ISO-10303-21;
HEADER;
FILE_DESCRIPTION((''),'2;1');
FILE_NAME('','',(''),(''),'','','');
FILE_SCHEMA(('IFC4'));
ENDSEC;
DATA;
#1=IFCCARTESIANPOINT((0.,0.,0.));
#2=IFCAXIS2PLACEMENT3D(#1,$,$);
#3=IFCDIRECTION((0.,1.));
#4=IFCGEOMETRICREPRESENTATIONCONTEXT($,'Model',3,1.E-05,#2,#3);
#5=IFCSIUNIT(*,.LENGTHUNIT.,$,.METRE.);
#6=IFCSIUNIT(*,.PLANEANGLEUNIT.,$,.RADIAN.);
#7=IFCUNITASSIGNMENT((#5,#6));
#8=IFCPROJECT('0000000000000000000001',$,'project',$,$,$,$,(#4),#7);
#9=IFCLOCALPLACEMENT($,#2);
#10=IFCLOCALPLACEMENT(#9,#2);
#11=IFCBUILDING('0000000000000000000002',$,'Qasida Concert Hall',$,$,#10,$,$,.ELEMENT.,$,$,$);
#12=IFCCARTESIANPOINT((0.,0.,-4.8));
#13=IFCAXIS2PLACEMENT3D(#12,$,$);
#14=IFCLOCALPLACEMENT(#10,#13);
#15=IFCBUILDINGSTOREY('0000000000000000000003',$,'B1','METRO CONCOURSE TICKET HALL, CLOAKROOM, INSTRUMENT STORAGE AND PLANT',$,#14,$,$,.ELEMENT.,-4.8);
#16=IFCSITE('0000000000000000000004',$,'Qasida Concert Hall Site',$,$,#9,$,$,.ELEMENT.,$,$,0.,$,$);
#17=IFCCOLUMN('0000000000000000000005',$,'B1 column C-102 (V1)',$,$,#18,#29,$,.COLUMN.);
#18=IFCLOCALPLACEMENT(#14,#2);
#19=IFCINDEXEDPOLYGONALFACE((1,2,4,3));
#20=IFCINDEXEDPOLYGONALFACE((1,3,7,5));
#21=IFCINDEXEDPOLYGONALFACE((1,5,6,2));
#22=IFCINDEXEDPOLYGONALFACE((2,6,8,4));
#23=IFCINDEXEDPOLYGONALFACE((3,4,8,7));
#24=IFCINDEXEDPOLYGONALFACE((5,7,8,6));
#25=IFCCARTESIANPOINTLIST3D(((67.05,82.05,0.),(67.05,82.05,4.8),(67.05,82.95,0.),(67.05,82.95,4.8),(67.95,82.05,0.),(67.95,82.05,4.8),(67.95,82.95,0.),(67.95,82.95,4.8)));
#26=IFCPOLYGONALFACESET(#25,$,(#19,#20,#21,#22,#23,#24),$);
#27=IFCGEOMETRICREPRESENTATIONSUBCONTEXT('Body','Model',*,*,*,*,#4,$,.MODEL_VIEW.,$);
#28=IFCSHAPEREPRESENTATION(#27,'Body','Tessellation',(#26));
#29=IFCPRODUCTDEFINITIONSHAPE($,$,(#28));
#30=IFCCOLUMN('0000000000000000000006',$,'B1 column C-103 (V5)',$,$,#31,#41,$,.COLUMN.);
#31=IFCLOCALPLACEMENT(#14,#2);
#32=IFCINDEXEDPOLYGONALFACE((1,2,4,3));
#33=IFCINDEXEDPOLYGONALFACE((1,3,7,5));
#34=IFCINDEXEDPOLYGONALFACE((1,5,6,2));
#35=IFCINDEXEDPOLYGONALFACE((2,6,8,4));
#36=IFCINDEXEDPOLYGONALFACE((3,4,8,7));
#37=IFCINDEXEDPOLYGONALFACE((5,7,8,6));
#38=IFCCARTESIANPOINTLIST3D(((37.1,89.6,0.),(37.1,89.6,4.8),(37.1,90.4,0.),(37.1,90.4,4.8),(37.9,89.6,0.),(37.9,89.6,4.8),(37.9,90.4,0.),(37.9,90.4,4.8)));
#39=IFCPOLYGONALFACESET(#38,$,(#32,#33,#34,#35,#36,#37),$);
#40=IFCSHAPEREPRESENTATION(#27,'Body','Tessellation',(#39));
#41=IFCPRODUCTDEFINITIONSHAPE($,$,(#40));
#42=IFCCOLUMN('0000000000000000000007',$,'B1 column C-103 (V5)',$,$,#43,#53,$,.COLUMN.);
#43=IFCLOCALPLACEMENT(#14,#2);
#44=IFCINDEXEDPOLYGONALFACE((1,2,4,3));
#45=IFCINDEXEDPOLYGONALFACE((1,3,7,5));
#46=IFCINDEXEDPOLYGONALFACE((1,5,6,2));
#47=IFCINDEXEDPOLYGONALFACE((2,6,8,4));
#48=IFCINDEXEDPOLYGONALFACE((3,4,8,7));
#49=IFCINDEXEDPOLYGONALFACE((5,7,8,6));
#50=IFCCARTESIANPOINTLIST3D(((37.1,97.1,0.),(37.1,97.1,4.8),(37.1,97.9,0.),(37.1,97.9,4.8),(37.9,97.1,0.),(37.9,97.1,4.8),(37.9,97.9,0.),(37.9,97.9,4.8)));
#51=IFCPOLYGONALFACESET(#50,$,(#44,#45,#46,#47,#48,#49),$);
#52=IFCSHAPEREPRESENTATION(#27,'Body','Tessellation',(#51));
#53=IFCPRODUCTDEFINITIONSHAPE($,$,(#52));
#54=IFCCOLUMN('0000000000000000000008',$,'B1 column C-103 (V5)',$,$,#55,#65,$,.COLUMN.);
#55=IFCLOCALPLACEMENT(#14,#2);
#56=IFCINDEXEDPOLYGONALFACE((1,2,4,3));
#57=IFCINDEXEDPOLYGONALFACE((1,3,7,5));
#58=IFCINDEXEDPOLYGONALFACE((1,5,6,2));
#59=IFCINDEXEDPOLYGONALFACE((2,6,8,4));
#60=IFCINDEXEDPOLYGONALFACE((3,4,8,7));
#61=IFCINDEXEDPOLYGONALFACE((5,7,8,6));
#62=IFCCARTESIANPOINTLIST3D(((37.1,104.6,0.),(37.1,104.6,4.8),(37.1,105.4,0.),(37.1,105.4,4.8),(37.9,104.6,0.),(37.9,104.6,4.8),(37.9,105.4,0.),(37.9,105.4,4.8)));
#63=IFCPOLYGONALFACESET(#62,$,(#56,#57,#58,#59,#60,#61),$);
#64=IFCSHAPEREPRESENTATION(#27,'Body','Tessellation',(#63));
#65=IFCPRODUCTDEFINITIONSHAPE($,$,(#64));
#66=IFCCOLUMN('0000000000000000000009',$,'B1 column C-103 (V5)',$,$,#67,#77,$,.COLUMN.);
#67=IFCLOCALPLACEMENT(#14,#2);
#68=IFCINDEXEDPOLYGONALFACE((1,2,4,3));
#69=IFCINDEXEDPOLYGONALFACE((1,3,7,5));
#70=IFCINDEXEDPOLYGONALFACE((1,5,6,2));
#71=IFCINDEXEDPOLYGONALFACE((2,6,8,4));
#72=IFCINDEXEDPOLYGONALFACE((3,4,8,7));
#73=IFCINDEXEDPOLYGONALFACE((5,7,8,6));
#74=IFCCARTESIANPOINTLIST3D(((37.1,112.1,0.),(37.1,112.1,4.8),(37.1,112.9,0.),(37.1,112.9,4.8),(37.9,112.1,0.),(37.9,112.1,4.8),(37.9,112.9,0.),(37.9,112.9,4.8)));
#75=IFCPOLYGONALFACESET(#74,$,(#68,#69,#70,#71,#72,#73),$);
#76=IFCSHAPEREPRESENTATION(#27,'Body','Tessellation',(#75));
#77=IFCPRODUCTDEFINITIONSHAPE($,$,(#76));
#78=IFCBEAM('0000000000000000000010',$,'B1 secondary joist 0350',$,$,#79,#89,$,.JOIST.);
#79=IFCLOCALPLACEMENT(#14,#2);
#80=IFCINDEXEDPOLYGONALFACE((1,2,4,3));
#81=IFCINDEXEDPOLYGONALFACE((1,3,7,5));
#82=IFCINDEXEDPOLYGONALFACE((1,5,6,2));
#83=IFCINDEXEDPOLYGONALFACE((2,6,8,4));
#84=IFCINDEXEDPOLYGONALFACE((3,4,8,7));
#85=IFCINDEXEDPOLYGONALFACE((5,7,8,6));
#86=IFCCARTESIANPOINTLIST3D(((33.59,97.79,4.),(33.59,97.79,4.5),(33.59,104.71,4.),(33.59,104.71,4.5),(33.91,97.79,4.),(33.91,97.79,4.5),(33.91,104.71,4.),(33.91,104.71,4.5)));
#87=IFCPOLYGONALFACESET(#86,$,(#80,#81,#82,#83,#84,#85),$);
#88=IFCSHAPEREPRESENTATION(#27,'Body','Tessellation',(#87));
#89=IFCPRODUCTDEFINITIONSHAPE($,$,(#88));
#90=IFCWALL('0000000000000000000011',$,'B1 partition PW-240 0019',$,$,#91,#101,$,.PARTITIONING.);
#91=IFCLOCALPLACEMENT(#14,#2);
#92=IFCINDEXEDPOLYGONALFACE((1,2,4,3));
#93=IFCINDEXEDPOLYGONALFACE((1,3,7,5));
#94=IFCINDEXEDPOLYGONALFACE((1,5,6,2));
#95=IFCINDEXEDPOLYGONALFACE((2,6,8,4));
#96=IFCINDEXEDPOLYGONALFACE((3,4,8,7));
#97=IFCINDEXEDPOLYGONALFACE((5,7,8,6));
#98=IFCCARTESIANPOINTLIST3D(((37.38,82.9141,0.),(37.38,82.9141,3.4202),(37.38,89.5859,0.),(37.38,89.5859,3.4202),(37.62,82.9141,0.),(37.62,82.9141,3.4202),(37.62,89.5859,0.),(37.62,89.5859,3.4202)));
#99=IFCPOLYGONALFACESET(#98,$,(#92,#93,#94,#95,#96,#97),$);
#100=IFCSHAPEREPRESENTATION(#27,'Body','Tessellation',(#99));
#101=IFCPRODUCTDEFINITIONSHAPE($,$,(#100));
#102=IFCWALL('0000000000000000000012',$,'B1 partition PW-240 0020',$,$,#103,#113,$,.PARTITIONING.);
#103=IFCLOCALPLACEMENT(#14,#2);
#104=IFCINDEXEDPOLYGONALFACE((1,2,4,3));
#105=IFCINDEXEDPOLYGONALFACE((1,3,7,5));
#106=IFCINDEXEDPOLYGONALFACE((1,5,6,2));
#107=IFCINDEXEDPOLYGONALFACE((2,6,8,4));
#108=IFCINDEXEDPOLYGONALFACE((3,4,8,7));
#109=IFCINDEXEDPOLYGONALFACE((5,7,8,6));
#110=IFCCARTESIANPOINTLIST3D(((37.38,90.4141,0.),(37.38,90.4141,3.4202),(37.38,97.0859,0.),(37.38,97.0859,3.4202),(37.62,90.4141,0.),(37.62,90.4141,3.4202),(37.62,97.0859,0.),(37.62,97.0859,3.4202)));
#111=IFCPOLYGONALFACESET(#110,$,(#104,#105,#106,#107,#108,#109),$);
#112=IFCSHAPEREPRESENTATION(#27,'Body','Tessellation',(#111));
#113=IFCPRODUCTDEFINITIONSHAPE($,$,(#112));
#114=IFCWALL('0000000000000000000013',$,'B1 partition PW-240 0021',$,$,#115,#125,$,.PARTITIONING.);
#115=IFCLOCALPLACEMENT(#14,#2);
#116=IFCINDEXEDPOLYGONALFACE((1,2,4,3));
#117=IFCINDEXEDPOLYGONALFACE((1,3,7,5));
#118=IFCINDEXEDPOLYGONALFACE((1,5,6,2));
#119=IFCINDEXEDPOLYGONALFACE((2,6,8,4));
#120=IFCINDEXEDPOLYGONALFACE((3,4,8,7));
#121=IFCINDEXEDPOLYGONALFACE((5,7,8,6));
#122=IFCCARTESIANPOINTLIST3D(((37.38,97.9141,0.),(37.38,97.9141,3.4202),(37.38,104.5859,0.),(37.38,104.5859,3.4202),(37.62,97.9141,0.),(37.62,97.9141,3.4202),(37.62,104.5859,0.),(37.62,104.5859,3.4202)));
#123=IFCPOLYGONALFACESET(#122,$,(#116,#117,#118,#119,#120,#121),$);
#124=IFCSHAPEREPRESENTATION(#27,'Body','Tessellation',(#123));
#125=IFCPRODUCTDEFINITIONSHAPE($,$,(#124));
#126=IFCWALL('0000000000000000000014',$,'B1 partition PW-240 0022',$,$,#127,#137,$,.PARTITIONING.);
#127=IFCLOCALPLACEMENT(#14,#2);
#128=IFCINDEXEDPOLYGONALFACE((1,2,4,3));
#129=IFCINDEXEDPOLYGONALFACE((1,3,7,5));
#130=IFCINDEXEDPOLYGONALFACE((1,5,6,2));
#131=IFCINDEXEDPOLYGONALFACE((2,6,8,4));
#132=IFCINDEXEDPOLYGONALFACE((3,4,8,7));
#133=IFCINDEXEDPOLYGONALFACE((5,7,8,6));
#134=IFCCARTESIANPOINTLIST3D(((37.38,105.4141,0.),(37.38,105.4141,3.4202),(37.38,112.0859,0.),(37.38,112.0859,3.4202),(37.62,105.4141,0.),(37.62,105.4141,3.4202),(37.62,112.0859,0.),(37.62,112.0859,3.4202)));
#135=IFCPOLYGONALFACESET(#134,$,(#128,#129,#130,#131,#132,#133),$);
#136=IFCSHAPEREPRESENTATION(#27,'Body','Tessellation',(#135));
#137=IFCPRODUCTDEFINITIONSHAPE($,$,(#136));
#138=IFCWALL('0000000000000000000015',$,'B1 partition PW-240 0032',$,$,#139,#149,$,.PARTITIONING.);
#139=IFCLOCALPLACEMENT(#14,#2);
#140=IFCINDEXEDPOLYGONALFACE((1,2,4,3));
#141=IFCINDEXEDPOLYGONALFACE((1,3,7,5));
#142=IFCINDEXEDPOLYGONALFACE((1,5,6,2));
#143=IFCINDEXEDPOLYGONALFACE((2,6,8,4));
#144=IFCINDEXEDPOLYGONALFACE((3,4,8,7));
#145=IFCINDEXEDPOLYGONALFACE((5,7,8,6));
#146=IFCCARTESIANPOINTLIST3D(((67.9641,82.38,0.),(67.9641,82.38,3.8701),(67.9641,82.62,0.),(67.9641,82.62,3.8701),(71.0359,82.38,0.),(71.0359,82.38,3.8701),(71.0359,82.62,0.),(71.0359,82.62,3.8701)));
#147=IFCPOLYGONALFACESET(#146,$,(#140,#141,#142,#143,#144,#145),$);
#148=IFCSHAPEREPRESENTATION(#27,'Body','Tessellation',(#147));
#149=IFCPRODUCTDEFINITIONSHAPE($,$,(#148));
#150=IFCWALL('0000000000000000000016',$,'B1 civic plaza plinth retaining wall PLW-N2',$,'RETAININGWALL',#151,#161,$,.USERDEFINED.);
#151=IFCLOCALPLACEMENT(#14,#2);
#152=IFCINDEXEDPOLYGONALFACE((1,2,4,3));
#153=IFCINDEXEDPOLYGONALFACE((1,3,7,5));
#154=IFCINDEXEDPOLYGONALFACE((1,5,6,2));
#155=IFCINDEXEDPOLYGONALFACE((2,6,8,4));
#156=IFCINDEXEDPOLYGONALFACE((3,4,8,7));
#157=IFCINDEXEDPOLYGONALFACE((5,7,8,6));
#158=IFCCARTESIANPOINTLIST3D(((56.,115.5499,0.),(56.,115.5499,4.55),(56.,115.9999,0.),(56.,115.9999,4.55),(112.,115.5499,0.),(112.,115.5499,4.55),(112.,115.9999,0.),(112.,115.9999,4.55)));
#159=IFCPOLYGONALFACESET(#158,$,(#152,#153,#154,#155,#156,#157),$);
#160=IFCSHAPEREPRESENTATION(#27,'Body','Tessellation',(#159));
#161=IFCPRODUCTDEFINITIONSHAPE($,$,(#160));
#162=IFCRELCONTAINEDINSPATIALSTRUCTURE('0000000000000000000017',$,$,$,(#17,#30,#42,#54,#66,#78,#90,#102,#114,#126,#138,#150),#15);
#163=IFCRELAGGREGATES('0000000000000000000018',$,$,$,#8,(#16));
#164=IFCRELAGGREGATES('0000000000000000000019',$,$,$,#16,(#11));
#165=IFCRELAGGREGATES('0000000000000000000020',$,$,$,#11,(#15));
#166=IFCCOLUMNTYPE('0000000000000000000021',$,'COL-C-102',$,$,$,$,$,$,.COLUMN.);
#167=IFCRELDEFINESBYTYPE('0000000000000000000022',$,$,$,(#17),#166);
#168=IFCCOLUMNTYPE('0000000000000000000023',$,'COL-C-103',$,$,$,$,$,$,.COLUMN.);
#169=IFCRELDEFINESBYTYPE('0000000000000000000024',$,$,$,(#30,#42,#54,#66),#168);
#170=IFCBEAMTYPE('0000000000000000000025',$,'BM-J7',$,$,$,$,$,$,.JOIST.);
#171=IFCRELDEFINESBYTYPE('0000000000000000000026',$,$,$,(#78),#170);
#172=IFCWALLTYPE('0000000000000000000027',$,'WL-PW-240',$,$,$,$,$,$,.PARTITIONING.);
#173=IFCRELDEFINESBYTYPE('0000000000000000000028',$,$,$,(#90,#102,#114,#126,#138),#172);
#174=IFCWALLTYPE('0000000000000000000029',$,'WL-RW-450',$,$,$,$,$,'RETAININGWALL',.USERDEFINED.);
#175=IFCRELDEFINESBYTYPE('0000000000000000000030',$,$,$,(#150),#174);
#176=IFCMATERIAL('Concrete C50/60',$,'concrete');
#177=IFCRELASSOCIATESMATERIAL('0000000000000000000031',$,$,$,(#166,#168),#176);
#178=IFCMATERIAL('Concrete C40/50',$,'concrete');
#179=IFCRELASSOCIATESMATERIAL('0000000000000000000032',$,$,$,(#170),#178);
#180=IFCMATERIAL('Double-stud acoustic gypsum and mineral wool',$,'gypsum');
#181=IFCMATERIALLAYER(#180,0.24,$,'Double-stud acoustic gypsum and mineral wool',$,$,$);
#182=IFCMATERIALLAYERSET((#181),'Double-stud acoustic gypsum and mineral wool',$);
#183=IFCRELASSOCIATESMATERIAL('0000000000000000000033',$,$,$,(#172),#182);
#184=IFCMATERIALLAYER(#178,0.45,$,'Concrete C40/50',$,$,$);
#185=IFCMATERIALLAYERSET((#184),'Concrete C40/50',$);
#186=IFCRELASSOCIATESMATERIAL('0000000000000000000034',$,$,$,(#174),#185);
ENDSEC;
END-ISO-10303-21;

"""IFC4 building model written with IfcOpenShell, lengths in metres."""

from ifc_helpers import new_model, si_unit, direction, frame, frame_2d, origin, origin_2d, place, context, subcontext, project, spatial, rectangle, extrude, material, layer, layer_set, material_profile, profile_set, type_object, element, save


model = new_model("IFC4")

# Units and contexts
model_context = context("Model", 3, precision=1e-05, world=origin(), true_north=direction((0.0, 1.0)))
body_context = subcontext(model_context, "Body", "Model", "MODEL_VIEW")
ifc_project = project(units=[si_unit("LENGTHUNIT", "METRE"), si_unit("PLANEANGLEUNIT", "RADIAN")], contexts=[model_context])

# Site, building, storey
site_placement = place(None, origin())
site = spatial("IfcSite", under=ifc_project, at=site_placement, Name="Qasida Concert Hall Site", CompositionType="ELEMENT", RefElevation=0.0)
building_placement = place(site_placement, origin())
building = spatial("IfcBuilding", under=site, at=building_placement, Name="Qasida Concert Hall", CompositionType="ELEMENT")
storey_placement = place(building_placement, frame((0.0, 0.0, -4.8)))
storey = spatial("IfcBuildingStorey", under=building, at=storey_placement, Name="B1", Description="METRO CONCOURSE TICKET HALL, CLOAKROOM, INSTRUMENT STORAGE AND PLANT", CompositionType="ELEMENT", Elevation=-4.8)

# Shared definitions
ifc_material_1 = material(Name="Concrete C40/50", Category="concrete")

# Columns
ifc_material_2 = material(Name="Concrete C50/60", Category="concrete")
ifc_material_profile_1 = material_profile(ifc_material_2, rectangle(XDim=0.8999, YDim=0.8999, at=origin_2d()), Name="RC 900x900")
ifc_profile_set_1 = profile_set([ifc_material_profile_1], Name="Concrete C50/60")
column_type_1 = type_object("IfcColumnType", Name="COL-C-102", PredefinedType="COLUMN", material=ifc_profile_set_1)
column_placement = place(storey_placement, frame((67.5, 82.5, 0.0), z_axis=(0.0, 0.0, 1.0), x_axis=(1.0, 0.0, 0.0)))
element("IfcColumn", 1, at=column_placement, inside=storey, type_object=column_type_1, Name="B1 column C-102 (V1)", PredefinedType="COLUMN", context=body_context, shape_type="SweptSolid", body=[
    extrude(rectangle(XDim=0.8999, YDim=0.8999, at=origin_2d()), origin(), (0.0, 0.0, 1.0), 4.8),
])
ifc_material_profile_2 = material_profile(ifc_material_2, rectangle(XDim=0.8, YDim=0.8, at=origin_2d()), Name="RC 800x800")
ifc_profile_set_2 = profile_set([ifc_material_profile_2], Name="Concrete C50/60")
column_type_2 = type_object("IfcColumnType", Name="COL-C-103", PredefinedType="COLUMN", material=ifc_profile_set_2)
for number, where, z_axis, x_axis, name in (
    (2, (37.5, 90.0, 0.0), (0.0, 0.0, 1.0), (1.0, 0.0, 0.0), "B1 column C-103 (V5)"),
    (3, (37.5, 97.5, 0.0), (0.0, 0.0, 1.0), (1.0, 0.0, 0.0), "B1 column C-103 (V5)"),
    (4, (37.5, 105.0, 0.0), (0.0, 0.0, 1.0), (1.0, 0.0, 0.0), "B1 column C-103 (V5)"),
    (5, (37.5, 112.5, 0.0), (0.0, 0.0, 1.0), (1.0, 0.0, 0.0), "B1 column C-103 (V5)"),
):
    element("IfcColumn", number, at=place(storey_placement, frame(where, z_axis=z_axis, x_axis=x_axis)), inside=storey, type_object=column_type_2, Name=name, PredefinedType="COLUMN", context=body_context, shape_type="SweptSolid", body=[
        extrude(rectangle(XDim=0.8, YDim=0.8, at=origin_2d()), origin(), (0.0, 0.0, 1.0), 4.8),
    ])

# Beam
ifc_material_profile_3 = material_profile(ifc_material_1, rectangle(XDim=0.3201, YDim=0.5, at=origin_2d()), Name="RC 320x500")
ifc_profile_set_3 = profile_set([ifc_material_profile_3], Name="Concrete C40/50")
beam_type = type_object("IfcBeamType", Name="BM-J7", PredefinedType="JOIST", material=ifc_profile_set_3)
beam_placement = place(storey_placement, frame((33.75, 97.79, 4.25), z_axis=(0.0, 1.0, 0.0), x_axis=(-1.0, 0.0, 0.0)))
element("IfcBeam", 6, at=beam_placement, inside=storey, type_object=beam_type, Name="B1 secondary joist 0350", PredefinedType="JOIST", context=body_context, shape_type="SweptSolid", body=[
    extrude(rectangle(XDim=0.3201, YDim=0.5, at=origin_2d()), origin(), (0.0, 0.0, 1.0), 6.9199),
])

# Walls
ifc_material_3 = material(Name="Double-stud acoustic gypsum and mineral wool", Category="gypsum")
ifc_layer_1 = layer(ifc_material_3, 0.24, Name="Double-stud acoustic gypsum and mineral wool")
ifc_layer_set_1 = layer_set([ifc_layer_1], Name="Double-stud acoustic gypsum and mineral wool")
wall_type_1 = type_object("IfcWallType", Name="WL-PW-240", PredefinedType="PARTITIONING", material=ifc_layer_set_1)
for number, where, z_axis, x_axis, name in (
    (7, (37.5, 82.9141, 0.0), (0.0, 0.0, 1.0), (0.0, 1.0, 0.0), "B1 partition PW-240 0019"),
    (8, (37.5, 90.4141, 0.0), (0.0, 0.0, 1.0), (0.0, 1.0, 0.0), "B1 partition PW-240 0020"),
    (9, (37.5, 97.9141, 0.0), (0.0, 0.0, 1.0), (0.0, 1.0, 0.0), "B1 partition PW-240 0021"),
    (10, (37.5, 105.4141, 0.0), (0.0, 0.0, 1.0), (0.0, 1.0, 0.0), "B1 partition PW-240 0022"),
):
    element("IfcWall", number, at=place(storey_placement, frame(where, z_axis=z_axis, x_axis=x_axis)), inside=storey, type_object=wall_type_1, Name=name, PredefinedType="PARTITIONING", context=body_context, shape_type="SweptSolid", body=[
        extrude(rectangle(XDim=6.6719, YDim=0.24, at=frame_2d((3.3359, 0.0))), origin(), (0.0, 0.0, 1.0), 3.4202),
    ])
wall_1_placement = place(storey_placement, frame((67.9641, 82.5, 0.0), z_axis=(0.0, 0.0, 1.0), x_axis=(1.0, 0.0, 0.0)))
element("IfcWall", 11, at=wall_1_placement, inside=storey, type_object=wall_type_1, Name="B1 partition PW-240 0032", PredefinedType="PARTITIONING", context=body_context, shape_type="SweptSolid", body=[
    extrude(rectangle(XDim=3.0718, YDim=0.24, at=frame_2d((1.5359, 0.0))), origin(), (0.0, 0.0, 1.0), 3.8701),
])
ifc_layer_2 = layer(ifc_material_1, 0.45, Name="Concrete C40/50")
ifc_layer_set_2 = layer_set([ifc_layer_2], Name="Concrete C40/50")
wall_type_2 = type_object("IfcWallType", Name="WL-RW-450", ElementType="RETAININGWALL", PredefinedType="USERDEFINED", material=ifc_layer_set_2)
wall_2_placement = place(storey_placement, frame((56.0, 115.7749, 0.0), z_axis=(0.0, 0.0, 1.0), x_axis=(1.0, 0.0, 0.0)))
element("IfcWall", 12, at=wall_2_placement, inside=storey, type_object=wall_type_2, Name="B1 civic plaza plinth retaining wall PLW-N2", ObjectType="RETAININGWALL", PredefinedType="USERDEFINED", context=body_context, shape_type="SweptSolid", body=[
    extrude(rectangle(XDim=56.0, YDim=0.45, at=frame_2d((28.0, 0.0))), origin(), (0.0, 0.0, 1.0), 4.55),
])

save(model, "model.ifc")
